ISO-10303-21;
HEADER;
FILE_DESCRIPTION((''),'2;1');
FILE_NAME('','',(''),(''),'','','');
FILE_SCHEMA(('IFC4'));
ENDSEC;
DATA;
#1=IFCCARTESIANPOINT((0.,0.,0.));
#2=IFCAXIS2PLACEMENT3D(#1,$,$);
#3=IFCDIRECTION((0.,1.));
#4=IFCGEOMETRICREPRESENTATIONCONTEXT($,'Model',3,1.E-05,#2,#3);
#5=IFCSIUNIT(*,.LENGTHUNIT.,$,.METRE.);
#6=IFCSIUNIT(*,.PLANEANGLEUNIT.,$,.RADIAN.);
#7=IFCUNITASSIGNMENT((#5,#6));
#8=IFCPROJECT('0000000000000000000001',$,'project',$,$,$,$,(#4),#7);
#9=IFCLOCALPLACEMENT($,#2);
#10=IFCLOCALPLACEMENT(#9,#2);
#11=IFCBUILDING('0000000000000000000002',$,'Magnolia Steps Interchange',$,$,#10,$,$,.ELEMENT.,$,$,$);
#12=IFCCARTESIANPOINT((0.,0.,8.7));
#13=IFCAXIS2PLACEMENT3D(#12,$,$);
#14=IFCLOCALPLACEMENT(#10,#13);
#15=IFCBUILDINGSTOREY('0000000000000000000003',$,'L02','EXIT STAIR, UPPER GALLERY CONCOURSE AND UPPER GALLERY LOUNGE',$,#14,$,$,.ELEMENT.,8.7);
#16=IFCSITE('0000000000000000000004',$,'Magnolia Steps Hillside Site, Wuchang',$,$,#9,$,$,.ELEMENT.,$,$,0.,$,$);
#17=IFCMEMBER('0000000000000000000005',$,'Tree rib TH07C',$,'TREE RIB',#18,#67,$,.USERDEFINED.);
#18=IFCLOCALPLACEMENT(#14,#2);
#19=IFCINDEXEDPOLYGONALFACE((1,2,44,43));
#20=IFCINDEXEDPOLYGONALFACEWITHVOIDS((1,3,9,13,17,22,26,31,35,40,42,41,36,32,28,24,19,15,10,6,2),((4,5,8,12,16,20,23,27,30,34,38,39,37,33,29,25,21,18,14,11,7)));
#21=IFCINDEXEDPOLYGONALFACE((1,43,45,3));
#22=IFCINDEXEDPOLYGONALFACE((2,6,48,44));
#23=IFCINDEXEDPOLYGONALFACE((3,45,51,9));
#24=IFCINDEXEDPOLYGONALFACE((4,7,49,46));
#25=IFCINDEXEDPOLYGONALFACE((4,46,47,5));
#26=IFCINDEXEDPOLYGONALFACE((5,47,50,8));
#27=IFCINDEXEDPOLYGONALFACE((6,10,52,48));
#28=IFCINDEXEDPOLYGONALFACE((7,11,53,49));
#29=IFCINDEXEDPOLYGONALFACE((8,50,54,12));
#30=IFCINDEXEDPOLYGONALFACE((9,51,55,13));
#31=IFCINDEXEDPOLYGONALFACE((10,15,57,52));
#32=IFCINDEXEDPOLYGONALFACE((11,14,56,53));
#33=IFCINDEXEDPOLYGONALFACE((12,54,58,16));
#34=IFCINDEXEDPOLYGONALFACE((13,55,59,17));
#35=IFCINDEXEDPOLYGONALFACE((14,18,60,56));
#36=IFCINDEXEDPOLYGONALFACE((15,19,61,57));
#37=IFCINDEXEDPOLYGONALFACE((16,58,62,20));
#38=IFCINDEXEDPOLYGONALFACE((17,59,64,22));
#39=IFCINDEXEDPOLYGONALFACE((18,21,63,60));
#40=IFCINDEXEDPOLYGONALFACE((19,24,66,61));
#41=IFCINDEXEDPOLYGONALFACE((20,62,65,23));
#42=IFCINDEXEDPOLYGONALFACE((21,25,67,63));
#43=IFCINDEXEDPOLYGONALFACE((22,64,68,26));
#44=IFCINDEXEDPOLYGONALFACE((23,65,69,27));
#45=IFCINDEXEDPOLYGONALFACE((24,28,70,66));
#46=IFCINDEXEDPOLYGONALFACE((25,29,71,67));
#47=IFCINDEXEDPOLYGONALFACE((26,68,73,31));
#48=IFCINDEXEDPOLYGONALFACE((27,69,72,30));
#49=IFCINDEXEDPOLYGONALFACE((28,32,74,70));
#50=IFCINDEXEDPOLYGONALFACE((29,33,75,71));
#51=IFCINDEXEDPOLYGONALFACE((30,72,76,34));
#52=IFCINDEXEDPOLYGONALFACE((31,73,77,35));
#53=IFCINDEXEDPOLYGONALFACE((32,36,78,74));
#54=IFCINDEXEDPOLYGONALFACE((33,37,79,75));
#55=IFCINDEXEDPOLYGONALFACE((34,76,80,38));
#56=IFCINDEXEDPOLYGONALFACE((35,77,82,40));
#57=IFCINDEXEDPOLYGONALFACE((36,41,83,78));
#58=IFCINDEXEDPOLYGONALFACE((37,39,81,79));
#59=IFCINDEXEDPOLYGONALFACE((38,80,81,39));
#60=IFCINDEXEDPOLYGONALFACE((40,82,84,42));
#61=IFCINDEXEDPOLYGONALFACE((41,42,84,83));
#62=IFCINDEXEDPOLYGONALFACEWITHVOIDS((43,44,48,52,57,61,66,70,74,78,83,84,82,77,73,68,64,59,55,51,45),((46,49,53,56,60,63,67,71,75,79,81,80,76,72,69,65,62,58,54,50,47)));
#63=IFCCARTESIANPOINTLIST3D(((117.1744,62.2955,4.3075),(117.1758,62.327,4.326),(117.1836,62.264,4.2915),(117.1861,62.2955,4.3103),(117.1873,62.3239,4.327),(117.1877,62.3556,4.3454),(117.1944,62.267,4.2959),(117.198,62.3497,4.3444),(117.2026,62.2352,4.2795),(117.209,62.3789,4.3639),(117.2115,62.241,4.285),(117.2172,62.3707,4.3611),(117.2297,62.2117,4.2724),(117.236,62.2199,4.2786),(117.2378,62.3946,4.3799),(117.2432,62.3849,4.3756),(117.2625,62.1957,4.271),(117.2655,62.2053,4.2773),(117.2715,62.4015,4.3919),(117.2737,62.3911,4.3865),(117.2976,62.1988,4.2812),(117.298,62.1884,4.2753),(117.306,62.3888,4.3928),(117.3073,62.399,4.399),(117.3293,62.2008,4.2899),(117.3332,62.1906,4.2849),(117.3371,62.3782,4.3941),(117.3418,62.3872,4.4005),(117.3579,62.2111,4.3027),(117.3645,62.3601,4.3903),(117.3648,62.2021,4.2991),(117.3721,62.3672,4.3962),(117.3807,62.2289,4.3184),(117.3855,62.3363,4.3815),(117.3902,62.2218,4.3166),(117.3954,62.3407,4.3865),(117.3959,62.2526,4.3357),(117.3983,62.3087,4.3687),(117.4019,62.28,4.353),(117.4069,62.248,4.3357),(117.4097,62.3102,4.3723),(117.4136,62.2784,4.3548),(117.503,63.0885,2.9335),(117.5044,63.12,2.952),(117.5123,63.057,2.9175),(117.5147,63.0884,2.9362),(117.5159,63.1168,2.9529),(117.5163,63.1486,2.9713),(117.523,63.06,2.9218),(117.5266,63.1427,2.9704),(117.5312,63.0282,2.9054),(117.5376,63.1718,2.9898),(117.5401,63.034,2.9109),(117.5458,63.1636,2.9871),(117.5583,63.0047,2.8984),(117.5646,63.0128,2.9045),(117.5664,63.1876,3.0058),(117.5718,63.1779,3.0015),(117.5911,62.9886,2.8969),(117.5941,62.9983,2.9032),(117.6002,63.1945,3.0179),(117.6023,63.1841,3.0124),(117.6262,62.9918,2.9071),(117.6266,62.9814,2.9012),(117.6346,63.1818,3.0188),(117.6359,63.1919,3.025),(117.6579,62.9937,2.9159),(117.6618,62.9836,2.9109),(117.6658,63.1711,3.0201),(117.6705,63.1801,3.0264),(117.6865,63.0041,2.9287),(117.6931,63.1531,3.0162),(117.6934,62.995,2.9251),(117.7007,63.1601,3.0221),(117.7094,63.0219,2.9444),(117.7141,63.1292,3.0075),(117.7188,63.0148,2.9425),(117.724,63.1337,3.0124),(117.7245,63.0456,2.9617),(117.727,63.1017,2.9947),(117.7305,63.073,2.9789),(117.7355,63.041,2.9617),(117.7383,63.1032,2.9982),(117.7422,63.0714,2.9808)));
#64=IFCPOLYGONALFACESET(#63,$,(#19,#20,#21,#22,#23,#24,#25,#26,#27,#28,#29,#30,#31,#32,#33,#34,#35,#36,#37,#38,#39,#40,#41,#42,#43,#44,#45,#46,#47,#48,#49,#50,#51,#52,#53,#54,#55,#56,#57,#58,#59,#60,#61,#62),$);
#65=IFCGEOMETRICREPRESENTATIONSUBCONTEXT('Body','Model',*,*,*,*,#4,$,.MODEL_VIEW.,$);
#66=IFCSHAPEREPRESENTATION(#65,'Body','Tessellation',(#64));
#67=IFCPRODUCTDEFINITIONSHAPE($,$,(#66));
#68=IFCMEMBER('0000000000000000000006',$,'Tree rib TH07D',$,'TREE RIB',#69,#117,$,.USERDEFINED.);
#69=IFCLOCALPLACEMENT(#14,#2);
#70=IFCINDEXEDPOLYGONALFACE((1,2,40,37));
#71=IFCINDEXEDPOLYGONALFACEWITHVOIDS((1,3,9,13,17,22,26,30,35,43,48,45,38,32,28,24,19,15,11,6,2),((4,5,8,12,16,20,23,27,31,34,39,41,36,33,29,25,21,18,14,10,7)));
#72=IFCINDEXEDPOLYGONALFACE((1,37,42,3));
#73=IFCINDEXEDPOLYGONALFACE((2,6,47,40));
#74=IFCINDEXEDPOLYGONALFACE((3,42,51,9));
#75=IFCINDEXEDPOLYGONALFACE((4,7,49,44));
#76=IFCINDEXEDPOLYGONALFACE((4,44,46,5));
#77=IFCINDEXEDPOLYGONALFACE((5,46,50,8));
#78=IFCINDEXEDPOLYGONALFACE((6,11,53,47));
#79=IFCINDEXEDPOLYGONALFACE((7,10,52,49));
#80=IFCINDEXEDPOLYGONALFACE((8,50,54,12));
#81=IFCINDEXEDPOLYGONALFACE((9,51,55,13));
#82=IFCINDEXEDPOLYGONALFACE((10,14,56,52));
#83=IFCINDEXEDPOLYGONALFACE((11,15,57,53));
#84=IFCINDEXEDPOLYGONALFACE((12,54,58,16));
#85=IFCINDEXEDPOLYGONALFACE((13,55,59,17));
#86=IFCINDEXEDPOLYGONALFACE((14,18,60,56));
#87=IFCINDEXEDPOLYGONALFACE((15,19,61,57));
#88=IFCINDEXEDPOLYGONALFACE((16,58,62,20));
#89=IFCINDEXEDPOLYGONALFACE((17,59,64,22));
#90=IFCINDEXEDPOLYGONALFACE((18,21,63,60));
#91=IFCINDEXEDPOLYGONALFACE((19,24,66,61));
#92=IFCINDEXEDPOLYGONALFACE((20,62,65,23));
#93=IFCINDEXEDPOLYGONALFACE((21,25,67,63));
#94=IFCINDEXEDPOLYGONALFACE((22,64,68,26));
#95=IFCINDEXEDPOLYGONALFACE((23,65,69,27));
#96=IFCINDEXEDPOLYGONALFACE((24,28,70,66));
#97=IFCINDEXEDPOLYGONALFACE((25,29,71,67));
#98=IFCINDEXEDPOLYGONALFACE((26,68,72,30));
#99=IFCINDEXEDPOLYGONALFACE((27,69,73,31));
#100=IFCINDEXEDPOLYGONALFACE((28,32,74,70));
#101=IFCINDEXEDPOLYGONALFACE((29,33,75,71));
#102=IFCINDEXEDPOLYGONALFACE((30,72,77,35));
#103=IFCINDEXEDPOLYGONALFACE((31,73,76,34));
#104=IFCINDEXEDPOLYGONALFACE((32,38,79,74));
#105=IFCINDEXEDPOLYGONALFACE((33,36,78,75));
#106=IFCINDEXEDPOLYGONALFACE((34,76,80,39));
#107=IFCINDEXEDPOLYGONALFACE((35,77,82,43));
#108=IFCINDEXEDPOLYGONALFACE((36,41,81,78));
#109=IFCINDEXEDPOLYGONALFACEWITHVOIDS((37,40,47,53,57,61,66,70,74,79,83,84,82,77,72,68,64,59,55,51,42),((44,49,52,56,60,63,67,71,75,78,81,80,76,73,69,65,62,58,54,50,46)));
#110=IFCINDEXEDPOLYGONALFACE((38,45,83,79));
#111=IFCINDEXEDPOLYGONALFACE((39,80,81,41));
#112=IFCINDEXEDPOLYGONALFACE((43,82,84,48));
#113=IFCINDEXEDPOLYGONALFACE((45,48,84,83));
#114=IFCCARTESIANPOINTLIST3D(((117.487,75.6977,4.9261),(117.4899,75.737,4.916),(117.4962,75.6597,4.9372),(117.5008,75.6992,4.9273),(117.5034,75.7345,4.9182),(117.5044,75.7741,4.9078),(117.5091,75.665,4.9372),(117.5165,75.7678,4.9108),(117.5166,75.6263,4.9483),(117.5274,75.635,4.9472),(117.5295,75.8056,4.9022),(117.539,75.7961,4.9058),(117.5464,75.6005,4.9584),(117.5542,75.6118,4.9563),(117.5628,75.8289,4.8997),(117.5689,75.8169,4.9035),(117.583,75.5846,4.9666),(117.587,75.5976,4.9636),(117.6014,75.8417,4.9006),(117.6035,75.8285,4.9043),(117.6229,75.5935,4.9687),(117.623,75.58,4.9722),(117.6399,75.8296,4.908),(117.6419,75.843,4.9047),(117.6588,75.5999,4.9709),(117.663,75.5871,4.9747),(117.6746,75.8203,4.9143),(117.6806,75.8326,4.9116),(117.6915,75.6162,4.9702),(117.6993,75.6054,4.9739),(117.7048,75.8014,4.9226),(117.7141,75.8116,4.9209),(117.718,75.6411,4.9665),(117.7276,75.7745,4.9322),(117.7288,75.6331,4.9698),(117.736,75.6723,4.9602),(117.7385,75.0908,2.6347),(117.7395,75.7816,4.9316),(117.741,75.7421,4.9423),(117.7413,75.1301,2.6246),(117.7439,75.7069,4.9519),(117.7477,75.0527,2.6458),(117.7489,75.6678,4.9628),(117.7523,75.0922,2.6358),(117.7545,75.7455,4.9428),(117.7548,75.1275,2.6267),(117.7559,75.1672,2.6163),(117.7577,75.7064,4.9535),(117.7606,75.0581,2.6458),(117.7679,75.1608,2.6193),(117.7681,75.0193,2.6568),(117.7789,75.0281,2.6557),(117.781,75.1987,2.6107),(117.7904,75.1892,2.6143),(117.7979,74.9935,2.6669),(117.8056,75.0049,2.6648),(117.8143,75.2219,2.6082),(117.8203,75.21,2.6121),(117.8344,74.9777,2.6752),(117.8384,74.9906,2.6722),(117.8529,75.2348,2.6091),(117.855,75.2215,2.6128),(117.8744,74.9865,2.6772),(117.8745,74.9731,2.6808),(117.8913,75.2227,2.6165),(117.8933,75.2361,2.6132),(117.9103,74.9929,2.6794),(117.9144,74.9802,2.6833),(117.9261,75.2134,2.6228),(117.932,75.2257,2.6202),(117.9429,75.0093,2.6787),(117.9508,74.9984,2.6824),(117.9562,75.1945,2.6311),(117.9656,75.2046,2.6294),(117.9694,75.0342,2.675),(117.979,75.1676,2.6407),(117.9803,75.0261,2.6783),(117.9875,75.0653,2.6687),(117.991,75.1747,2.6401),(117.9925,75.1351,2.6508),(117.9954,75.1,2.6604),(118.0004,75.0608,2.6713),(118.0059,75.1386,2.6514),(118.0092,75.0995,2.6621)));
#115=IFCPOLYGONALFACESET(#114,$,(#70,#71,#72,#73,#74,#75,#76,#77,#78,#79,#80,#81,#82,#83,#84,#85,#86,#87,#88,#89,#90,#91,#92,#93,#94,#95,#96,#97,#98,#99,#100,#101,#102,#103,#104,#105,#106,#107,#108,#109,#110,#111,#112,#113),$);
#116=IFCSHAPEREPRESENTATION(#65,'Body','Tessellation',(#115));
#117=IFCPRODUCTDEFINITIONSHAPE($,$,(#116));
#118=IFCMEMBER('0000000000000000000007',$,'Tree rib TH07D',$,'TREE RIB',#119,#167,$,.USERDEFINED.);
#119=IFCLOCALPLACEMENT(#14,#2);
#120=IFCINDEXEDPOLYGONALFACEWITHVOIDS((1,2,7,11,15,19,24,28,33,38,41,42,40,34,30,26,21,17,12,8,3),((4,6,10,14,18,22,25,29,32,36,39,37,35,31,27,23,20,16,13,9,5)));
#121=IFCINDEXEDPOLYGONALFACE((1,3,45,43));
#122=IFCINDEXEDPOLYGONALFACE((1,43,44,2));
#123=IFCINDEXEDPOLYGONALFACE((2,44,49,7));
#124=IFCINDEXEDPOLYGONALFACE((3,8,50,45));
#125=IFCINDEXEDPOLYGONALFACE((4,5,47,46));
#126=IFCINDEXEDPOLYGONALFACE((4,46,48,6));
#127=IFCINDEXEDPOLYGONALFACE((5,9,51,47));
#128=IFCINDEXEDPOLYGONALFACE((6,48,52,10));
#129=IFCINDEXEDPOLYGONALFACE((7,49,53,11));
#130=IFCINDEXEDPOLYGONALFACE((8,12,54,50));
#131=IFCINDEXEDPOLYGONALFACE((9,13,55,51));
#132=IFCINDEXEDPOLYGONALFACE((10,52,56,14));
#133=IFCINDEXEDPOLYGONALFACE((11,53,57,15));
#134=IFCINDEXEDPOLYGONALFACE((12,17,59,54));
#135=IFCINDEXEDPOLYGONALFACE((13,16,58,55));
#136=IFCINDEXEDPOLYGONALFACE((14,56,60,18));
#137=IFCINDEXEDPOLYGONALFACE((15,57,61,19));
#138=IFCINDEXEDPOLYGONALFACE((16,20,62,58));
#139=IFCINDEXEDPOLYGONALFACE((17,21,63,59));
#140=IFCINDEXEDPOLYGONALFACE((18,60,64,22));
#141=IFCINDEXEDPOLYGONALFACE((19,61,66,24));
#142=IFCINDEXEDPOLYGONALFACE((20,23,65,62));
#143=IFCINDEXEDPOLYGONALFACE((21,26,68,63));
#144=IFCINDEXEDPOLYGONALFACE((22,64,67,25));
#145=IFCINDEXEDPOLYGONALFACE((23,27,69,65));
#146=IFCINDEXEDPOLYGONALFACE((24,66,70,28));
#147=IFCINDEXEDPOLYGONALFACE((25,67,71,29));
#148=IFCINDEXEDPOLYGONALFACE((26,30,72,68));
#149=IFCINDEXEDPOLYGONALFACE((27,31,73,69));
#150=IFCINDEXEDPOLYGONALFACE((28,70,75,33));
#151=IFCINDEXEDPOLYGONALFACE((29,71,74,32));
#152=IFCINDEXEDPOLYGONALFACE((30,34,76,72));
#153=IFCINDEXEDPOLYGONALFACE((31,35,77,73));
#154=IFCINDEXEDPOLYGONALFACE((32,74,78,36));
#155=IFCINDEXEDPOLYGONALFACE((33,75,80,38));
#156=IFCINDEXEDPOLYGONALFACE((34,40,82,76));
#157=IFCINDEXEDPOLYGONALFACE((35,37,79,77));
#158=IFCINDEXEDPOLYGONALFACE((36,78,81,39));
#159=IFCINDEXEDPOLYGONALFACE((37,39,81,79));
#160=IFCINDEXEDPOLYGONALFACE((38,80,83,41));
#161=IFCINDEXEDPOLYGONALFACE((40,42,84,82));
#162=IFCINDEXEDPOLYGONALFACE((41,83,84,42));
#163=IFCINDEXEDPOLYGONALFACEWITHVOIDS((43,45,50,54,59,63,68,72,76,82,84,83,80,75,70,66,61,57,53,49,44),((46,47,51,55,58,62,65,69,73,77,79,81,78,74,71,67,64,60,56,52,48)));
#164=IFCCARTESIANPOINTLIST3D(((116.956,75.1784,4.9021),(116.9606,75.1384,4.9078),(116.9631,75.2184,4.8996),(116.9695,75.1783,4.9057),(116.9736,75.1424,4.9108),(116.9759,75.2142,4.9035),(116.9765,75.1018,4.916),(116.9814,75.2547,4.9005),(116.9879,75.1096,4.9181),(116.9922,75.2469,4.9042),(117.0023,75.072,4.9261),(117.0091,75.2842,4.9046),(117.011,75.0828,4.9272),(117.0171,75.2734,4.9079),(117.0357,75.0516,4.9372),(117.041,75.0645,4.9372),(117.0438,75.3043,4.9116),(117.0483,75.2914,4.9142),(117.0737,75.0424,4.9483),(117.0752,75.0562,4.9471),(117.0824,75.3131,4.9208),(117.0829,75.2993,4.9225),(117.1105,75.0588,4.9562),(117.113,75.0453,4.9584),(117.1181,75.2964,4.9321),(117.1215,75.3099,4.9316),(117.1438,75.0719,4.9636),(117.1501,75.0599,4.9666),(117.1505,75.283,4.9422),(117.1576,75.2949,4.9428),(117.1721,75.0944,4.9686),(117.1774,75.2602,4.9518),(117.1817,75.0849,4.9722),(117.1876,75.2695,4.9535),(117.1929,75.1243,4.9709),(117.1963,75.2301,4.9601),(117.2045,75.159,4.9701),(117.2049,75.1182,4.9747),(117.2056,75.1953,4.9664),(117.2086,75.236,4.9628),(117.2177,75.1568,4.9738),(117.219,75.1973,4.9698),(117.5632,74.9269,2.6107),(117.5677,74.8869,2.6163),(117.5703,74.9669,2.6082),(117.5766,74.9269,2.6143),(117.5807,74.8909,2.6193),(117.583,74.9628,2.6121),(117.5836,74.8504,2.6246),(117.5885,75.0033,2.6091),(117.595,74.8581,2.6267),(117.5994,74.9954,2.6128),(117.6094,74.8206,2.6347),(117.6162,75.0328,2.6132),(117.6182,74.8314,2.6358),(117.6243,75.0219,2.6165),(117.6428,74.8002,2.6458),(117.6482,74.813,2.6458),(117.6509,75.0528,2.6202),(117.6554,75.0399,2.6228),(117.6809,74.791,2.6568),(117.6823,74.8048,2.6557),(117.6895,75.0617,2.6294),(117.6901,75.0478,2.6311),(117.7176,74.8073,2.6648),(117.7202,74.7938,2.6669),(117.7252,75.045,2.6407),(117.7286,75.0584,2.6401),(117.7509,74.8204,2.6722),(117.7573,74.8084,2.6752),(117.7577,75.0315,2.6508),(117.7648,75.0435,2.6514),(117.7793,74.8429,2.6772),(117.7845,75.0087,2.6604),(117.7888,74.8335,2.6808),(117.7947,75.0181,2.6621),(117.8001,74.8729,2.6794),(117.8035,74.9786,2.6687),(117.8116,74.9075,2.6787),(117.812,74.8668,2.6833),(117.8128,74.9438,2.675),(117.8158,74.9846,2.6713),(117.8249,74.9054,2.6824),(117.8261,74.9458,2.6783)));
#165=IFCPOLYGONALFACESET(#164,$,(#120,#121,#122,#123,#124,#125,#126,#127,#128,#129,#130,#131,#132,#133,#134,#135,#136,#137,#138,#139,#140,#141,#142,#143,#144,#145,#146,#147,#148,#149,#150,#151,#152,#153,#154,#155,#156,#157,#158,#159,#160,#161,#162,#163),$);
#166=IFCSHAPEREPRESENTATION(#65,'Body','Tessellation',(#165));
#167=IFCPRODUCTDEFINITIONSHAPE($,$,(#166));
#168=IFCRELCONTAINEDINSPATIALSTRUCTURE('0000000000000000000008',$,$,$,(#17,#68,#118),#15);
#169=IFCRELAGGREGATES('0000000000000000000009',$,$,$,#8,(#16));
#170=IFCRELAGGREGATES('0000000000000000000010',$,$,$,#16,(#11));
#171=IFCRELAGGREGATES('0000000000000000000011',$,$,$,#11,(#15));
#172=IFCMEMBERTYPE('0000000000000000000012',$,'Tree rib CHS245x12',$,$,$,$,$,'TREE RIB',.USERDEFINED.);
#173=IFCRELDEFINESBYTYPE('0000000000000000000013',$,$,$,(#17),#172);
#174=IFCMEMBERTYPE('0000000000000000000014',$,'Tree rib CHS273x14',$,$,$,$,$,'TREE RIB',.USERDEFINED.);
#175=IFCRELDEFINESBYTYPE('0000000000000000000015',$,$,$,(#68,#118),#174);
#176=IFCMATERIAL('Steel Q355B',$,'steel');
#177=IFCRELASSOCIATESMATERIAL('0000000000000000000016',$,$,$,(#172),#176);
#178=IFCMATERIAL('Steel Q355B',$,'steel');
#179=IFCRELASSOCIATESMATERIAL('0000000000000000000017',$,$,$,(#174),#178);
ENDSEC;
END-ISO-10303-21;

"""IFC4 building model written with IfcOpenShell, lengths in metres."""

from ifc_helpers import new_model, si_unit, direction, frame, origin, origin_2d, place, context, subcontext, project, spatial, hollow_circle, extrude, material, material_profile, profile_set, type_object, element, save


model = new_model("IFC4")

# Units and contexts
model_context = context("Model", 3, precision=1e-05, world=origin(), true_north=direction((0.0, 1.0)))
body_context = subcontext(model_context, "Body", "Model", "MODEL_VIEW")
ifc_project = project(units=[si_unit("LENGTHUNIT", "METRE"), si_unit("PLANEANGLEUNIT", "RADIAN")], contexts=[model_context])

# Site, building, storey
site_placement = place(None, origin())
site = spatial("IfcSite", under=ifc_project, at=site_placement, Name="Magnolia Steps Hillside Site, Wuchang", CompositionType="ELEMENT", RefElevation=0.0)
building_placement = place(site_placement, origin())
building = spatial("IfcBuilding", under=site, at=building_placement, Name="Magnolia Steps Interchange", CompositionType="ELEMENT")
storey_placement = place(building_placement, frame((0.0, 0.0, 8.7)))
storey = spatial("IfcBuildingStorey", under=building, at=storey_placement, Name="L02", Description="EXIT STAIR, UPPER GALLERY CONCOURSE AND UPPER GALLERY LOUNGE", CompositionType="ELEMENT", Elevation=8.7)

# Members
ifc_material_1 = material(Name="Steel Q355B", Category="steel")
ifc_material_profile_1 = material_profile(ifc_material_1, hollow_circle(Radius=0.1226, WallThickness=0.012, at=origin_2d()), Name="CHS245x12")
ifc_profile_set_1 = profile_set([ifc_material_profile_1], Name="Steel Q355B")
member_type_1 = type_object("IfcMemberType", Name="Tree rib CHS245x12", ElementType="TREE RIB", PredefinedType="USERDEFINED", material=ifc_profile_set_1)
member_1_placement = place(storey_placement, frame((117.6223, 63.0879, 2.9617), z_axis=(-0.202835, -0.489456, 0.84811), x_axis=(0.923816, -0.382837, 0.0)))
element("IfcMember", 1, at=member_1_placement, inside=storey, type_object=member_type_1, Name="Tree rib TH07C", ObjectType="TREE RIB", PredefinedType="USERDEFINED", context=body_context, shape_type="SweptSolid", body=[
    extrude(hollow_circle(Radius=0.1226, WallThickness=0.012, at=origin_2d()), origin(), (0.0, 0.0, 1.0), 1.6201),
])
ifc_material_2 = material(Name="Steel Q355B", Category="steel")
ifc_material_profile_2 = material_profile(ifc_material_2, hollow_circle(Radius=0.1365, WallThickness=0.0139, at=origin_2d()), Name="CHS273x14")
ifc_profile_set_2 = profile_set([ifc_material_profile_2], Name="Steel Q355B")
member_type_2 = type_object("IfcMemberType", Name="Tree rib CHS273x14", ElementType="TREE RIB", PredefinedType="USERDEFINED", material=ifc_profile_set_2)
for number, where, z_axis, x_axis, name in (
    (2, (117.8738, 75.105, 2.6458), (-0.105488, 0.254606, 0.961274), (-0.923845, -0.382768, 0.0), "Tree rib TH07D"),
    (3, (117.6951, 74.9263, 2.6458), (-0.254701, 0.105485, 0.961249), (-0.382636, -0.923899, 0.0), "Tree rib TH07D"),
):
    element("IfcMember", number, at=place(storey_placement, frame(where, z_axis=z_axis, x_axis=x_axis)), inside=storey, type_object=member_type_2, Name=name, ObjectType="TREE RIB", PredefinedType="USERDEFINED", context=body_context, shape_type="SweptSolid", body=[
        extrude(hollow_circle(Radius=0.1365, WallThickness=0.0139, at=origin_2d()), origin(), (0.0, 0.0, 1.0), 2.3838),
    ])

save(model, "model.ifc")
